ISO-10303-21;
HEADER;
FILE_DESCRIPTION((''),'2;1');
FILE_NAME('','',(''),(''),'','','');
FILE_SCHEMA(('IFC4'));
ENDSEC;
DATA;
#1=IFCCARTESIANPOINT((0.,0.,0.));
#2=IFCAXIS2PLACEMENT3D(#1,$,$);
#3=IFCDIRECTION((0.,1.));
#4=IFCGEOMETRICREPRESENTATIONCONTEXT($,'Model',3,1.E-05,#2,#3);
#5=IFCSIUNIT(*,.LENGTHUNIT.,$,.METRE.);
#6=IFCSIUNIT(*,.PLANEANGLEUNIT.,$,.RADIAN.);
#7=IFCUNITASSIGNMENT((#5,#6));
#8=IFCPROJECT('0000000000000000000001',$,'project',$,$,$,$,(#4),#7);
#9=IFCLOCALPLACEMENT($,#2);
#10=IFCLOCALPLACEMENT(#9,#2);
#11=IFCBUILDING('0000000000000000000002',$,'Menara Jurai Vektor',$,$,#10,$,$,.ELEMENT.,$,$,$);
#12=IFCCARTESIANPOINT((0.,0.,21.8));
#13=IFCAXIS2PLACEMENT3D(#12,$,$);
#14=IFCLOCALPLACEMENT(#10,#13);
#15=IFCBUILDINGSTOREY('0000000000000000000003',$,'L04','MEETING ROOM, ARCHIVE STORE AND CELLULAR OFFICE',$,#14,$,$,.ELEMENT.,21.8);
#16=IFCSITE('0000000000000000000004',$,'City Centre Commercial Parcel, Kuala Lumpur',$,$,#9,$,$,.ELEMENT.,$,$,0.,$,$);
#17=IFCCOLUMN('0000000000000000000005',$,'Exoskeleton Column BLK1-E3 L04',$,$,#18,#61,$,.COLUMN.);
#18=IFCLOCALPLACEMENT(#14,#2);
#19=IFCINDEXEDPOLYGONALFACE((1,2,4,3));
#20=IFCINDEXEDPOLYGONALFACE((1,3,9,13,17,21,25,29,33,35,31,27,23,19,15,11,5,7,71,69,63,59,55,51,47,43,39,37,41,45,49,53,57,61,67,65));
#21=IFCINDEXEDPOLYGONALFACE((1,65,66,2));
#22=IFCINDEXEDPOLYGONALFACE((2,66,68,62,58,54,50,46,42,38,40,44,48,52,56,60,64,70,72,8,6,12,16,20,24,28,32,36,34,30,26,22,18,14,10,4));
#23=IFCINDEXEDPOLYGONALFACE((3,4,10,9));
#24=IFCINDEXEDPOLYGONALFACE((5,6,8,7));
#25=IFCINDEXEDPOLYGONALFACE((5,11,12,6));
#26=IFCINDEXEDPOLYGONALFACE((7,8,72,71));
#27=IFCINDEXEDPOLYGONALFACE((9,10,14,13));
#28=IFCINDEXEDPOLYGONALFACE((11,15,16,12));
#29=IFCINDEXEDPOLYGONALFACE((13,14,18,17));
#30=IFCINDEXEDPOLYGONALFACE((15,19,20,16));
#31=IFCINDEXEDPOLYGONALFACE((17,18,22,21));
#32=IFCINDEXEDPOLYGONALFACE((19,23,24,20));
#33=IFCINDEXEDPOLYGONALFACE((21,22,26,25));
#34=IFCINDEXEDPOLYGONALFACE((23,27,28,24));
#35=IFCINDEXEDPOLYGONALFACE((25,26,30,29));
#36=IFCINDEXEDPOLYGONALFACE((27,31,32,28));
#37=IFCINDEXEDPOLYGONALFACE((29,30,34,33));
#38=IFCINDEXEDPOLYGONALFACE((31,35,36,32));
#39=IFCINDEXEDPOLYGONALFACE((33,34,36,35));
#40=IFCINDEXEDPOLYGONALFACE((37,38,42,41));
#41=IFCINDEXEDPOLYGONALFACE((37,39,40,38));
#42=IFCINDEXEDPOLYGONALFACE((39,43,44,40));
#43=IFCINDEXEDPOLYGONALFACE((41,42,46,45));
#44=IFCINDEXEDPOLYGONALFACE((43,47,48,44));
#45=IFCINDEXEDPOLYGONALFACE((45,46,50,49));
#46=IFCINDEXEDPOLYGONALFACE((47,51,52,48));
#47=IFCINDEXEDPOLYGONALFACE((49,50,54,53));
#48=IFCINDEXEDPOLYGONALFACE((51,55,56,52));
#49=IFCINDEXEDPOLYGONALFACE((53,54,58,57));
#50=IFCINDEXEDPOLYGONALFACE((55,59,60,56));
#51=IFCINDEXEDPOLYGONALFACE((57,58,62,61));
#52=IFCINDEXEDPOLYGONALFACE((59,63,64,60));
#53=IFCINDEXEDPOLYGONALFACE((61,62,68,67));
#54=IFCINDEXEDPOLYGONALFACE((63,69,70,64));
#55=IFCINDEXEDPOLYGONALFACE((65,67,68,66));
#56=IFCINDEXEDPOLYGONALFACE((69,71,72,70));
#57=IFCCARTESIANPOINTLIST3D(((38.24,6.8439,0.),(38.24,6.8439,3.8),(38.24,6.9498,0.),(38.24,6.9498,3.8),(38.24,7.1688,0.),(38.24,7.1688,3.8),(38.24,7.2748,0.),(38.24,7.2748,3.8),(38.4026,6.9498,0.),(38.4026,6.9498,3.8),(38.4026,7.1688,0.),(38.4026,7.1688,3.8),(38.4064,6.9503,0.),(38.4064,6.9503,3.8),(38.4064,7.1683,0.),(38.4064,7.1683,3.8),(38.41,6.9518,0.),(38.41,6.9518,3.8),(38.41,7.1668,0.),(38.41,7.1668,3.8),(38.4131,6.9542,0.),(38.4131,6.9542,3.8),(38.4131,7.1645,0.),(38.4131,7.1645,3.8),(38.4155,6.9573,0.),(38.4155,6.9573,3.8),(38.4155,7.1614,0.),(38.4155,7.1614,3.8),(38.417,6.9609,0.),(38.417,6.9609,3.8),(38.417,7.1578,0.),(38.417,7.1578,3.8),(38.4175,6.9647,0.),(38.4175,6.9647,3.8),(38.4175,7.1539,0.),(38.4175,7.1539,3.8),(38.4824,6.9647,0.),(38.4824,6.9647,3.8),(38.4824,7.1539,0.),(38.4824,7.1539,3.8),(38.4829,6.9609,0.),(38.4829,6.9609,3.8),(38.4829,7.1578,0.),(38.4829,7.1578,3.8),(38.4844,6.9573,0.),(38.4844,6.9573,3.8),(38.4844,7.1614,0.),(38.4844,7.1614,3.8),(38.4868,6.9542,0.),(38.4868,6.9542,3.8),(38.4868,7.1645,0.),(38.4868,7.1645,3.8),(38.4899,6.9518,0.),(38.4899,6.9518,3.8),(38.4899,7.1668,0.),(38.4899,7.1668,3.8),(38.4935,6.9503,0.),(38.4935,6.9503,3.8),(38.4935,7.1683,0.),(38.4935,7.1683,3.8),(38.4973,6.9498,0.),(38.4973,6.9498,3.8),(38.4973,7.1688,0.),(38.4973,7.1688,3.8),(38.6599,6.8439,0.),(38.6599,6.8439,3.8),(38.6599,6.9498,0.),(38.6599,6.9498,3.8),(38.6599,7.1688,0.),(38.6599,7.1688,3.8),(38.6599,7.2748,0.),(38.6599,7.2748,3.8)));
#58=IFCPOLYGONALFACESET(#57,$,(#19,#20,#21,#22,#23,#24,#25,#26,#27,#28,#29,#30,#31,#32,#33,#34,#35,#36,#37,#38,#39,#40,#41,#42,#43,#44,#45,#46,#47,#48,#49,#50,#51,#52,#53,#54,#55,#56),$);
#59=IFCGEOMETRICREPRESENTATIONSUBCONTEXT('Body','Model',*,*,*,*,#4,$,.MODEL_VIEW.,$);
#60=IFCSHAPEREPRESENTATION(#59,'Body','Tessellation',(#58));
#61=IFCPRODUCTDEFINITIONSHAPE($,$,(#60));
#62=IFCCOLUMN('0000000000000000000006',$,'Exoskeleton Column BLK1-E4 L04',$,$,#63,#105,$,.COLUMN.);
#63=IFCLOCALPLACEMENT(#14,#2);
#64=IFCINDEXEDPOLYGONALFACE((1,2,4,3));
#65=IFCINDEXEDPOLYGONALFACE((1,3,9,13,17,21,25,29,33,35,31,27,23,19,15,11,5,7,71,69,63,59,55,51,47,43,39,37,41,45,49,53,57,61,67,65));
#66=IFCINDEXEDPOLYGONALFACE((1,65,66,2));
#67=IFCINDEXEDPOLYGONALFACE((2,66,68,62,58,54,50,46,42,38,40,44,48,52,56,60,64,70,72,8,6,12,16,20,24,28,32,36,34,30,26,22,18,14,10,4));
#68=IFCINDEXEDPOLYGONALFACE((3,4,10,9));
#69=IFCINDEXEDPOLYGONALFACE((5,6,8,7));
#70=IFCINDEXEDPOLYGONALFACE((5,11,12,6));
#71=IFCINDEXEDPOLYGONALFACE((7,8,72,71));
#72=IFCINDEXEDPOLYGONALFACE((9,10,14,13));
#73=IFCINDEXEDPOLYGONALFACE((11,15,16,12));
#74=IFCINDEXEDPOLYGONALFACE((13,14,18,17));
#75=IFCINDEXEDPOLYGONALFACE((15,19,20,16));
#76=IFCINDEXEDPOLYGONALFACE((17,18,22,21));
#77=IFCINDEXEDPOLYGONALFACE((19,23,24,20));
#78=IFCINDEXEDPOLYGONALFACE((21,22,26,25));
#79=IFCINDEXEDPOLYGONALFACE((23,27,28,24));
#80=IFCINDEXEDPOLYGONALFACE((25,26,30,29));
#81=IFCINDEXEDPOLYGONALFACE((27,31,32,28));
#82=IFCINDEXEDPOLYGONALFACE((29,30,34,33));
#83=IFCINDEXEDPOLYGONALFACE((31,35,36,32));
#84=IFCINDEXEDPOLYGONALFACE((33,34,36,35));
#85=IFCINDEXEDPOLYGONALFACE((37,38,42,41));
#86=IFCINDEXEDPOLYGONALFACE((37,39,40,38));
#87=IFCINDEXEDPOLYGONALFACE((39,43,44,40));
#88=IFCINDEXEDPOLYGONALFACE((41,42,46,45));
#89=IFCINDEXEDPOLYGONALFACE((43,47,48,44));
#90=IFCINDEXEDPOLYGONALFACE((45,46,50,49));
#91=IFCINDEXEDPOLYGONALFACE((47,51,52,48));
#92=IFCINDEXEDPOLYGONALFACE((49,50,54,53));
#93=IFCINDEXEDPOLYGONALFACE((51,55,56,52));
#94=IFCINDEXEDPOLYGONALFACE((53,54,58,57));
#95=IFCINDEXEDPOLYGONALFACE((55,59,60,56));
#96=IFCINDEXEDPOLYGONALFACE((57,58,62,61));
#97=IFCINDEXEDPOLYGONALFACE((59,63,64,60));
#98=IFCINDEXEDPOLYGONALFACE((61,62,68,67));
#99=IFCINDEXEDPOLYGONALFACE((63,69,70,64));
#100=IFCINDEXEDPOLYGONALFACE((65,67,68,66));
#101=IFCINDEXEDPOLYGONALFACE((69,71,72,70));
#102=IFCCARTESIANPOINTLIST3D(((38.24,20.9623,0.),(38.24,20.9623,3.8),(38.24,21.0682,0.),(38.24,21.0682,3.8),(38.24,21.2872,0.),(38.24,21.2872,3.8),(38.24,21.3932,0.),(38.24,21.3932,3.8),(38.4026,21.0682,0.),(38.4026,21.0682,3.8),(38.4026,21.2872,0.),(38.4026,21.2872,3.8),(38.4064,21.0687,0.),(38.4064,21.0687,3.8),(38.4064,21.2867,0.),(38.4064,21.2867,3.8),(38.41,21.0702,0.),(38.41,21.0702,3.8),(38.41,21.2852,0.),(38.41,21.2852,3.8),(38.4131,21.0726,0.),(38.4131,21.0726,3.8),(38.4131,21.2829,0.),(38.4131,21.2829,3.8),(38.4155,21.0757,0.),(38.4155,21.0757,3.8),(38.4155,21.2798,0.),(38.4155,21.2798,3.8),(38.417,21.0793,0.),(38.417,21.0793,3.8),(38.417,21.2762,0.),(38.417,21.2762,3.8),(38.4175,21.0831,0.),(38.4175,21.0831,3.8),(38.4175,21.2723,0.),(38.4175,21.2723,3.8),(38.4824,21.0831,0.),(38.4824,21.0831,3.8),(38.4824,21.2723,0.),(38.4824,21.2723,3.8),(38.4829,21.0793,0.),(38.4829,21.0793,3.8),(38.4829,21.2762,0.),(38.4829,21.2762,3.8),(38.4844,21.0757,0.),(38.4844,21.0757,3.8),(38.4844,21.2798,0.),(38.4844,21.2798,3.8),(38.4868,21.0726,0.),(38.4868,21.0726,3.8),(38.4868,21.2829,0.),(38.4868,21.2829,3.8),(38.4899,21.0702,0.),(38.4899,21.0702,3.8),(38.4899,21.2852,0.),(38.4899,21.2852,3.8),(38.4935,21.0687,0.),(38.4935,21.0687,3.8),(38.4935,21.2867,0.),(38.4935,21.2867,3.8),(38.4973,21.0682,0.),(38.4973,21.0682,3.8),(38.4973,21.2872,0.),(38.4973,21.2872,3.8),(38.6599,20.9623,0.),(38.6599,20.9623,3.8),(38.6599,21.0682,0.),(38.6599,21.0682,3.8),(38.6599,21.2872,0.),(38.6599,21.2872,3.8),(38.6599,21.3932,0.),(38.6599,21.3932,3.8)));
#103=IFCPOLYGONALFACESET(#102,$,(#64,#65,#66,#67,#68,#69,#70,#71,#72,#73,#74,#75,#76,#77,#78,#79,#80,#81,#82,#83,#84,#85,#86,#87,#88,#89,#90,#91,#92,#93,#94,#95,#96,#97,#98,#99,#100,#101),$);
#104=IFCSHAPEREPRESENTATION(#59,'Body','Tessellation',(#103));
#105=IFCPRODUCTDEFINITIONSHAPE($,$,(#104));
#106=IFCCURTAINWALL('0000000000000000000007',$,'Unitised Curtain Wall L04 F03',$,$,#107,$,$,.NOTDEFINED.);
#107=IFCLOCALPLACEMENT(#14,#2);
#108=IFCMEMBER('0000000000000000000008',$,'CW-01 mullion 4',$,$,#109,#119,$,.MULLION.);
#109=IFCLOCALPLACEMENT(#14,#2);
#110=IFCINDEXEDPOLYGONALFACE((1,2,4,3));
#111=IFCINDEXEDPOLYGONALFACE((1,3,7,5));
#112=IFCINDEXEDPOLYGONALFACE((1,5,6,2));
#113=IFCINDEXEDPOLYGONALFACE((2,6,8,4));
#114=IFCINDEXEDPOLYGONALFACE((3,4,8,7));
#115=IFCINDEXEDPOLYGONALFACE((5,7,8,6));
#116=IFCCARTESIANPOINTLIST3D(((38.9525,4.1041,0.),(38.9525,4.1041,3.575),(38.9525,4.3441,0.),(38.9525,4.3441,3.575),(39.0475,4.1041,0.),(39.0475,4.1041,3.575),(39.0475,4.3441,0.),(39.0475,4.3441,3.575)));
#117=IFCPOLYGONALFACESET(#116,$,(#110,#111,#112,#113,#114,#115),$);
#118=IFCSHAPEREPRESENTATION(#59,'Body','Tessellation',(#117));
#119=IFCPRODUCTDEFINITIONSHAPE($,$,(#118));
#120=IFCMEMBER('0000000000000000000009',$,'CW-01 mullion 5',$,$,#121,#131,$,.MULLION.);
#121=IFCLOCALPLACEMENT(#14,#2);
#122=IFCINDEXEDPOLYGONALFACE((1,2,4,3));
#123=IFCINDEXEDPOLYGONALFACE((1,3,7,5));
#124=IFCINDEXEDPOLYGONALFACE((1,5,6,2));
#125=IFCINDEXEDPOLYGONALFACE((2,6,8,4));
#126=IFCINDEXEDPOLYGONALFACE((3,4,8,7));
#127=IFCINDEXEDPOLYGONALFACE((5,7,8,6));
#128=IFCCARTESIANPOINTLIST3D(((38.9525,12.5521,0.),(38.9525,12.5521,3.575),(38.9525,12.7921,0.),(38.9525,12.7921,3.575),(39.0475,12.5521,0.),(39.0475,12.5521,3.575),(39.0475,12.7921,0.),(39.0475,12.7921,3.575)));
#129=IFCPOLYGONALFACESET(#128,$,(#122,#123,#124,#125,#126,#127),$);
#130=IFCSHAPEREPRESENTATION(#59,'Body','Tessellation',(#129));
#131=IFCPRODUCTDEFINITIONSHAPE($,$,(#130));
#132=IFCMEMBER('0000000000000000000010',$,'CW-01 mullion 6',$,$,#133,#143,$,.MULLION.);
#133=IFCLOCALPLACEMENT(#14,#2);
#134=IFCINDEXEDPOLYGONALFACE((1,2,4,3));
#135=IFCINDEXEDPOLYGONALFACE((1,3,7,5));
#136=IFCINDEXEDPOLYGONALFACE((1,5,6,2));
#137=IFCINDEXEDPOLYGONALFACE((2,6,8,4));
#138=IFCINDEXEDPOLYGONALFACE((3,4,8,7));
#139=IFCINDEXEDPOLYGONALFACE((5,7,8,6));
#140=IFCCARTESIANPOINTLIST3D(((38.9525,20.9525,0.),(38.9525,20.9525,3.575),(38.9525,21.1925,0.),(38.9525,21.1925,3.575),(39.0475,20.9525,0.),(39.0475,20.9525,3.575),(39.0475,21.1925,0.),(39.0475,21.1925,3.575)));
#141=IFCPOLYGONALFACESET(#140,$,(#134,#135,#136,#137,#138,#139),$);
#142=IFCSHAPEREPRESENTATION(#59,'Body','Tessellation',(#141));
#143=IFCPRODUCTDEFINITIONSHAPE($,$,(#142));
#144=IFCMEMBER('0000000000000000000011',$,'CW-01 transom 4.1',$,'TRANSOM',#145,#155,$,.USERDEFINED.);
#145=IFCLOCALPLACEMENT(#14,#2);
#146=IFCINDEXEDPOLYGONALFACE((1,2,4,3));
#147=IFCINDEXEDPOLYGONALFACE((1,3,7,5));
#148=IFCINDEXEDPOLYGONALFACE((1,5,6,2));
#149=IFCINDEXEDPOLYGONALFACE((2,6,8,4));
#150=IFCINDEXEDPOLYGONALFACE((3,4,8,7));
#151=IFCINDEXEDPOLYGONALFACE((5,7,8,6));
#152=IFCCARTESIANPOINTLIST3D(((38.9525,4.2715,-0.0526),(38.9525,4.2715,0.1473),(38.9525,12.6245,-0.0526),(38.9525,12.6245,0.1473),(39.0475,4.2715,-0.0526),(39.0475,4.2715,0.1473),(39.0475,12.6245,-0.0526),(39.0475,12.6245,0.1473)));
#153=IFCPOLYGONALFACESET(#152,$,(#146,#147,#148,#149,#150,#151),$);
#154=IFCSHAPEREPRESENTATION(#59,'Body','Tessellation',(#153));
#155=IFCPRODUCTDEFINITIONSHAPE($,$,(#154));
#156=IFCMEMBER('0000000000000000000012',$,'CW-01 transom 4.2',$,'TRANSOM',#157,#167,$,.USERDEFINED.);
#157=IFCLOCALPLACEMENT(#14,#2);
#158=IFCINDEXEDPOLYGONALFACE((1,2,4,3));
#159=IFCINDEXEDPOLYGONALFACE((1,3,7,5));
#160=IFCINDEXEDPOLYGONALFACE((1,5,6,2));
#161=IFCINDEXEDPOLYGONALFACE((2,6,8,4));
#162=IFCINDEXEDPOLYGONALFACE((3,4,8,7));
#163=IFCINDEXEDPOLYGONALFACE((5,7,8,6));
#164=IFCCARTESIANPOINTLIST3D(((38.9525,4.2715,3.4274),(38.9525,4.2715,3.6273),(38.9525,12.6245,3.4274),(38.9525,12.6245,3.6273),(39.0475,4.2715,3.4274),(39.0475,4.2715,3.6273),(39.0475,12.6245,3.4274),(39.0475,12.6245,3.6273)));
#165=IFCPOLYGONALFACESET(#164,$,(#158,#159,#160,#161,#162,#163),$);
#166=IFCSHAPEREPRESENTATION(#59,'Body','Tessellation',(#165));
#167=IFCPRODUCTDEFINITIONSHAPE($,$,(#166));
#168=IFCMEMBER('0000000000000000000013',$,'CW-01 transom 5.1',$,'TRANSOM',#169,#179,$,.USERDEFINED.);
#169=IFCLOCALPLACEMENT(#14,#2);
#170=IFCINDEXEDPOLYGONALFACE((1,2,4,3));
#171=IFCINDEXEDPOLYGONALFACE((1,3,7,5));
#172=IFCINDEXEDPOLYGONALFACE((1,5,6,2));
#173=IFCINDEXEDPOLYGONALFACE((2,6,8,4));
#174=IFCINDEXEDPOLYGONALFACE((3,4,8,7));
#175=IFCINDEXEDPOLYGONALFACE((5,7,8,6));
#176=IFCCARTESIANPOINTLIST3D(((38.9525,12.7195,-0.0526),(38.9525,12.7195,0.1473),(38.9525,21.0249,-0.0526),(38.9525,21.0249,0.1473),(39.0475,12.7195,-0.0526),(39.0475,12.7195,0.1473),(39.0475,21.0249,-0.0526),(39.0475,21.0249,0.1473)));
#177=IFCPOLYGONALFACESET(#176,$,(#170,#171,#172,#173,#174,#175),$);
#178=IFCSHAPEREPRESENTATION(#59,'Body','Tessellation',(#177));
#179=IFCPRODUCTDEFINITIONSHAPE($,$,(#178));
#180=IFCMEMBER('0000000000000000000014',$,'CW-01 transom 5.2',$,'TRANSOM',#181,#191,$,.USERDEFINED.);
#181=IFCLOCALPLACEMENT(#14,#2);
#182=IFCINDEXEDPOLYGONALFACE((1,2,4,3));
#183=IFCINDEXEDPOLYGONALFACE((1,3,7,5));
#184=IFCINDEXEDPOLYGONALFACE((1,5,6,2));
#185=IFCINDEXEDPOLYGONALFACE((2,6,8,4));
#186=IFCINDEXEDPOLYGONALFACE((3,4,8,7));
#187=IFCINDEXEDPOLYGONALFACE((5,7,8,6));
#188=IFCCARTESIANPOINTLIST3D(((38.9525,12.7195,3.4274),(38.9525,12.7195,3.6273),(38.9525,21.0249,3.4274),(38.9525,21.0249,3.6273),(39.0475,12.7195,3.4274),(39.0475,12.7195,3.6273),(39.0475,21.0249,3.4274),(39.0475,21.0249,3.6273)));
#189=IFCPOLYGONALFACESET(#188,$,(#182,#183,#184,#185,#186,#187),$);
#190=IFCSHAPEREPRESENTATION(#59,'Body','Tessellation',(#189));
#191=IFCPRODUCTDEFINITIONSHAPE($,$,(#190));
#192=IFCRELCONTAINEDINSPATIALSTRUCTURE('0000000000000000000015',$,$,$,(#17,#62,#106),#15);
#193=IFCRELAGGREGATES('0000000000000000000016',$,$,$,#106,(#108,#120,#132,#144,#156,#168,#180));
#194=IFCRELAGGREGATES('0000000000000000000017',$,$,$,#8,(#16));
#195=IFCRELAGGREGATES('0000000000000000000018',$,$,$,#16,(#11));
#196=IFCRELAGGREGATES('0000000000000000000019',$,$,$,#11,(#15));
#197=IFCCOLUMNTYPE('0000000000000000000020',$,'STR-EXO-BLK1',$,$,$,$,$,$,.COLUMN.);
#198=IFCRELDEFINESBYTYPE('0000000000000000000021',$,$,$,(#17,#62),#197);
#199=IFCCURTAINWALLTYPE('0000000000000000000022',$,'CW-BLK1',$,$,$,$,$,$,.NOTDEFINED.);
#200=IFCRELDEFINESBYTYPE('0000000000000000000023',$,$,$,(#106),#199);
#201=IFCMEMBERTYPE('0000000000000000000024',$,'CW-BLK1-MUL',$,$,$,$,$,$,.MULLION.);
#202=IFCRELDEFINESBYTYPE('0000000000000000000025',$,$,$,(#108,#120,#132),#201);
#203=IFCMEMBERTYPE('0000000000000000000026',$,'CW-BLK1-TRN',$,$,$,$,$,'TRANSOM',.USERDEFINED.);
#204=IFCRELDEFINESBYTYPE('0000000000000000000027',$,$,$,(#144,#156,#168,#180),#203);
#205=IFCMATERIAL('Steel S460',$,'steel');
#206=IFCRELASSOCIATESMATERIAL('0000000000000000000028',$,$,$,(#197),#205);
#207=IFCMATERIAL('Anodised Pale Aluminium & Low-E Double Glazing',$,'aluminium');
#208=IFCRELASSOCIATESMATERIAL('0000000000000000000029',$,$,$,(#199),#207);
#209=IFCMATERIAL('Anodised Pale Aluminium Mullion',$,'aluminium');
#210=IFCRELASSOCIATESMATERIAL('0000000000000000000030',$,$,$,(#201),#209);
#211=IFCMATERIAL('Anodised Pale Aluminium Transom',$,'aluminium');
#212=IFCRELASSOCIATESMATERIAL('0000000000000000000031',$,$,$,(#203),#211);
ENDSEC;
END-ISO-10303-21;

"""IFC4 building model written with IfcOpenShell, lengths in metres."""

from ifc_helpers import new_model, si_unit, direction, frame, origin, origin_2d, place, context, subcontext, project, spatial, rectangle, i_section, extrude, material, material_profile, profile_set, type_object, element, aggregate, save


model = new_model("IFC4")

# Units and contexts
model_context = context("Model", 3, precision=1e-05, world=origin(), true_north=direction((0.0, 1.0)))
body_context = subcontext(model_context, "Body", "Model", "MODEL_VIEW")
ifc_project = project(units=[si_unit("LENGTHUNIT", "METRE"), si_unit("PLANEANGLEUNIT", "RADIAN")], contexts=[model_context])

# Site, building, storey
site_placement = place(None, origin())
site = spatial("IfcSite", under=ifc_project, at=site_placement, Name="City Centre Commercial Parcel, Kuala Lumpur", CompositionType="ELEMENT", RefElevation=0.0)
building_placement = place(site_placement, origin())
building = spatial("IfcBuilding", under=site, at=building_placement, Name="Menara Jurai Vektor", CompositionType="ELEMENT")
storey_placement = place(building_placement, frame((0.0, 0.0, 21.8)))
storey = spatial("IfcBuildingStorey", under=building, at=storey_placement, Name="L04", Description="MEETING ROOM, ARCHIVE STORE AND CELLULAR OFFICE", CompositionType="ELEMENT", Elevation=21.8)

# Columns
ifc_material_1 = material(Name="Steel S460", Category="steel")
ifc_material_profile_1 = material_profile(ifc_material_1, i_section(OverallWidth=0.4199, OverallDepth=0.4309, WebThickness=0.0649, FlangeThickness=0.106, FilletRadius=0.0149, at=origin_2d()), Name="HD 400x900")
ifc_profile_set_1 = profile_set([ifc_material_profile_1], Name="Steel S460")
column_type = type_object("IfcColumnType", Name="STR-EXO-BLK1", PredefinedType="COLUMN", material=ifc_profile_set_1)
for number, where, z_axis, x_axis, name in (
    (1, (38.45, 7.0593, 0.0), (0.0, 0.0, 1.0), (1.0, 0.0, 0.0), "Exoskeleton Column BLK1-E3 L04"),
    (2, (38.45, 21.1777, 0.0), (0.0, 0.0, 1.0), (1.0, 0.0, 0.0), "Exoskeleton Column BLK1-E4 L04"),
):
    element("IfcColumn", number, at=place(storey_placement, frame(where, z_axis=z_axis, x_axis=x_axis)), inside=storey, type_object=column_type, Name=name, PredefinedType="COLUMN", context=body_context, shape_type="SweptSolid", body=[
        extrude(i_section(OverallWidth=0.4199, OverallDepth=0.4309, WebThickness=0.0649, FlangeThickness=0.106, FilletRadius=0.0149, at=origin_2d()), origin(), (0.0, 0.0, 1.0), 3.8),
    ])

# Curtain wall, members
ifc_material_2 = material(Name="Anodised Pale Aluminium & Low-E Double Glazing", Category="aluminium")
curtain_wall_type = type_object("IfcCurtainWallType", Name="CW-BLK1", PredefinedType="NOTDEFINED", material=ifc_material_2)
curtain_wall_placement = place(storey_placement, origin())
curtain_wall = element("IfcCurtainWall", 3, at=curtain_wall_placement, inside=storey, type_object=curtain_wall_type, Name="Unitised Curtain Wall L04 F03", PredefinedType="NOTDEFINED")
ifc_material_3 = material(Name="Anodised Pale Aluminium Mullion", Category="aluminium")
ifc_material_profile_2 = material_profile(ifc_material_3, rectangle(XDim=0.095, YDim=0.24, at=origin_2d()), Name="ALU MUL 95x240")
ifc_profile_set_2 = profile_set([ifc_material_profile_2], Name="Anodised Pale Aluminium Mullion")
member_type_1 = type_object("IfcMemberType", Name="CW-BLK1-MUL", PredefinedType="MULLION", material=ifc_profile_set_2)
member_1_placement = place(storey_placement, frame((39.0, 4.2241, 0.0), z_axis=(0.0, 0.0, 1.0), x_axis=(-1.0, 0.0, 0.0)))
member_1 = element("IfcMember", 4, at=member_1_placement, type_object=member_type_1, Name="CW-01 mullion 4", PredefinedType="MULLION", context=body_context, shape_type="SweptSolid", body=[
    extrude(rectangle(XDim=0.095, YDim=0.24, at=origin_2d()), origin(), (0.0, 0.0, 1.0), 3.575),
])
member_2_placement = place(storey_placement, frame((39.0, 12.6721, 0.0), z_axis=(0.0, 0.0, 1.0), x_axis=(-1.0, 0.0, 0.0)))
member_2 = element("IfcMember", 5, at=member_2_placement, type_object=member_type_1, Name="CW-01 mullion 5", PredefinedType="MULLION", context=body_context, shape_type="SweptSolid", body=[
    extrude(rectangle(XDim=0.095, YDim=0.24, at=origin_2d()), origin(), (0.0, 0.0, 1.0), 3.575),
])
member_3_placement = place(storey_placement, frame((39.0, 21.0725, 0.0), z_axis=(0.0, 0.0, 1.0), x_axis=(-1.0, 0.0, 0.0)))
member_3 = element("IfcMember", 6, at=member_3_placement, type_object=member_type_1, Name="CW-01 mullion 6", PredefinedType="MULLION", context=body_context, shape_type="SweptSolid", body=[
    extrude(rectangle(XDim=0.095, YDim=0.24, at=origin_2d()), origin(), (0.0, 0.0, 1.0), 3.575),
])
ifc_material_4 = material(Name="Anodised Pale Aluminium Transom", Category="aluminium")
ifc_material_profile_3 = material_profile(ifc_material_4, rectangle(XDim=0.095, YDim=0.2, at=origin_2d()), Name="ALU TRN 95x200")
ifc_profile_set_3 = profile_set([ifc_material_profile_3], Name="Anodised Pale Aluminium Transom")
member_type_2 = type_object("IfcMemberType", Name="CW-BLK1-TRN", ElementType="TRANSOM", PredefinedType="USERDEFINED", material=ifc_profile_set_3)
member_4_placement = place(storey_placement, frame((39.0, 4.2715, 0.0474), z_axis=(0.0, 1.0, 0.0), x_axis=(-1.0, 0.0, 0.0)))
member_4 = element("IfcMember", 7, at=member_4_placement, type_object=member_type_2, Name="CW-01 transom 4.1", ObjectType="TRANSOM", PredefinedType="USERDEFINED", context=body_context, shape_type="SweptSolid", body=[
    extrude(rectangle(XDim=0.095, YDim=0.2, at=origin_2d()), origin(), (0.0, 0.0, 1.0), 8.353),
])
member_5_placement = place(storey_placement, frame((39.0, 4.2715, 3.5273), z_axis=(0.0, 1.0, 0.0), x_axis=(-1.0, 0.0, 0.0)))
member_5 = element("IfcMember", 8, at=member_5_placement, type_object=member_type_2, Name="CW-01 transom 4.2", ObjectType="TRANSOM", PredefinedType="USERDEFINED", context=body_context, shape_type="SweptSolid", body=[
    extrude(rectangle(XDim=0.095, YDim=0.2, at=origin_2d()), origin(), (0.0, 0.0, 1.0), 8.353),
])
member_6_placement = place(storey_placement, frame((39.0, 12.7195, 0.0474), z_axis=(0.0, 1.0, 0.0), x_axis=(-1.0, 0.0, 0.0)))
member_6 = element("IfcMember", 9, at=member_6_placement, type_object=member_type_2, Name="CW-01 transom 5.1", ObjectType="TRANSOM", PredefinedType="USERDEFINED", context=body_context, shape_type="SweptSolid", body=[
    extrude(rectangle(XDim=0.095, YDim=0.2, at=origin_2d()), origin(), (0.0, 0.0, 1.0), 8.3054),
])
member_7_placement = place(storey_placement, frame((39.0, 12.7195, 3.5273), z_axis=(0.0, 1.0, 0.0), x_axis=(-1.0, 0.0, 0.0)))
member_7 = element("IfcMember", 10, at=member_7_placement, type_object=member_type_2, Name="CW-01 transom 5.2", ObjectType="TRANSOM", PredefinedType="USERDEFINED", context=body_context, shape_type="SweptSolid", body=[
    extrude(rectangle(XDim=0.095, YDim=0.2, at=origin_2d()), origin(), (0.0, 0.0, 1.0), 8.3054),
])

aggregate(curtain_wall, [member_1, member_2, member_3, member_4, member_5, member_6, member_7])

save(model, "model.ifc")
